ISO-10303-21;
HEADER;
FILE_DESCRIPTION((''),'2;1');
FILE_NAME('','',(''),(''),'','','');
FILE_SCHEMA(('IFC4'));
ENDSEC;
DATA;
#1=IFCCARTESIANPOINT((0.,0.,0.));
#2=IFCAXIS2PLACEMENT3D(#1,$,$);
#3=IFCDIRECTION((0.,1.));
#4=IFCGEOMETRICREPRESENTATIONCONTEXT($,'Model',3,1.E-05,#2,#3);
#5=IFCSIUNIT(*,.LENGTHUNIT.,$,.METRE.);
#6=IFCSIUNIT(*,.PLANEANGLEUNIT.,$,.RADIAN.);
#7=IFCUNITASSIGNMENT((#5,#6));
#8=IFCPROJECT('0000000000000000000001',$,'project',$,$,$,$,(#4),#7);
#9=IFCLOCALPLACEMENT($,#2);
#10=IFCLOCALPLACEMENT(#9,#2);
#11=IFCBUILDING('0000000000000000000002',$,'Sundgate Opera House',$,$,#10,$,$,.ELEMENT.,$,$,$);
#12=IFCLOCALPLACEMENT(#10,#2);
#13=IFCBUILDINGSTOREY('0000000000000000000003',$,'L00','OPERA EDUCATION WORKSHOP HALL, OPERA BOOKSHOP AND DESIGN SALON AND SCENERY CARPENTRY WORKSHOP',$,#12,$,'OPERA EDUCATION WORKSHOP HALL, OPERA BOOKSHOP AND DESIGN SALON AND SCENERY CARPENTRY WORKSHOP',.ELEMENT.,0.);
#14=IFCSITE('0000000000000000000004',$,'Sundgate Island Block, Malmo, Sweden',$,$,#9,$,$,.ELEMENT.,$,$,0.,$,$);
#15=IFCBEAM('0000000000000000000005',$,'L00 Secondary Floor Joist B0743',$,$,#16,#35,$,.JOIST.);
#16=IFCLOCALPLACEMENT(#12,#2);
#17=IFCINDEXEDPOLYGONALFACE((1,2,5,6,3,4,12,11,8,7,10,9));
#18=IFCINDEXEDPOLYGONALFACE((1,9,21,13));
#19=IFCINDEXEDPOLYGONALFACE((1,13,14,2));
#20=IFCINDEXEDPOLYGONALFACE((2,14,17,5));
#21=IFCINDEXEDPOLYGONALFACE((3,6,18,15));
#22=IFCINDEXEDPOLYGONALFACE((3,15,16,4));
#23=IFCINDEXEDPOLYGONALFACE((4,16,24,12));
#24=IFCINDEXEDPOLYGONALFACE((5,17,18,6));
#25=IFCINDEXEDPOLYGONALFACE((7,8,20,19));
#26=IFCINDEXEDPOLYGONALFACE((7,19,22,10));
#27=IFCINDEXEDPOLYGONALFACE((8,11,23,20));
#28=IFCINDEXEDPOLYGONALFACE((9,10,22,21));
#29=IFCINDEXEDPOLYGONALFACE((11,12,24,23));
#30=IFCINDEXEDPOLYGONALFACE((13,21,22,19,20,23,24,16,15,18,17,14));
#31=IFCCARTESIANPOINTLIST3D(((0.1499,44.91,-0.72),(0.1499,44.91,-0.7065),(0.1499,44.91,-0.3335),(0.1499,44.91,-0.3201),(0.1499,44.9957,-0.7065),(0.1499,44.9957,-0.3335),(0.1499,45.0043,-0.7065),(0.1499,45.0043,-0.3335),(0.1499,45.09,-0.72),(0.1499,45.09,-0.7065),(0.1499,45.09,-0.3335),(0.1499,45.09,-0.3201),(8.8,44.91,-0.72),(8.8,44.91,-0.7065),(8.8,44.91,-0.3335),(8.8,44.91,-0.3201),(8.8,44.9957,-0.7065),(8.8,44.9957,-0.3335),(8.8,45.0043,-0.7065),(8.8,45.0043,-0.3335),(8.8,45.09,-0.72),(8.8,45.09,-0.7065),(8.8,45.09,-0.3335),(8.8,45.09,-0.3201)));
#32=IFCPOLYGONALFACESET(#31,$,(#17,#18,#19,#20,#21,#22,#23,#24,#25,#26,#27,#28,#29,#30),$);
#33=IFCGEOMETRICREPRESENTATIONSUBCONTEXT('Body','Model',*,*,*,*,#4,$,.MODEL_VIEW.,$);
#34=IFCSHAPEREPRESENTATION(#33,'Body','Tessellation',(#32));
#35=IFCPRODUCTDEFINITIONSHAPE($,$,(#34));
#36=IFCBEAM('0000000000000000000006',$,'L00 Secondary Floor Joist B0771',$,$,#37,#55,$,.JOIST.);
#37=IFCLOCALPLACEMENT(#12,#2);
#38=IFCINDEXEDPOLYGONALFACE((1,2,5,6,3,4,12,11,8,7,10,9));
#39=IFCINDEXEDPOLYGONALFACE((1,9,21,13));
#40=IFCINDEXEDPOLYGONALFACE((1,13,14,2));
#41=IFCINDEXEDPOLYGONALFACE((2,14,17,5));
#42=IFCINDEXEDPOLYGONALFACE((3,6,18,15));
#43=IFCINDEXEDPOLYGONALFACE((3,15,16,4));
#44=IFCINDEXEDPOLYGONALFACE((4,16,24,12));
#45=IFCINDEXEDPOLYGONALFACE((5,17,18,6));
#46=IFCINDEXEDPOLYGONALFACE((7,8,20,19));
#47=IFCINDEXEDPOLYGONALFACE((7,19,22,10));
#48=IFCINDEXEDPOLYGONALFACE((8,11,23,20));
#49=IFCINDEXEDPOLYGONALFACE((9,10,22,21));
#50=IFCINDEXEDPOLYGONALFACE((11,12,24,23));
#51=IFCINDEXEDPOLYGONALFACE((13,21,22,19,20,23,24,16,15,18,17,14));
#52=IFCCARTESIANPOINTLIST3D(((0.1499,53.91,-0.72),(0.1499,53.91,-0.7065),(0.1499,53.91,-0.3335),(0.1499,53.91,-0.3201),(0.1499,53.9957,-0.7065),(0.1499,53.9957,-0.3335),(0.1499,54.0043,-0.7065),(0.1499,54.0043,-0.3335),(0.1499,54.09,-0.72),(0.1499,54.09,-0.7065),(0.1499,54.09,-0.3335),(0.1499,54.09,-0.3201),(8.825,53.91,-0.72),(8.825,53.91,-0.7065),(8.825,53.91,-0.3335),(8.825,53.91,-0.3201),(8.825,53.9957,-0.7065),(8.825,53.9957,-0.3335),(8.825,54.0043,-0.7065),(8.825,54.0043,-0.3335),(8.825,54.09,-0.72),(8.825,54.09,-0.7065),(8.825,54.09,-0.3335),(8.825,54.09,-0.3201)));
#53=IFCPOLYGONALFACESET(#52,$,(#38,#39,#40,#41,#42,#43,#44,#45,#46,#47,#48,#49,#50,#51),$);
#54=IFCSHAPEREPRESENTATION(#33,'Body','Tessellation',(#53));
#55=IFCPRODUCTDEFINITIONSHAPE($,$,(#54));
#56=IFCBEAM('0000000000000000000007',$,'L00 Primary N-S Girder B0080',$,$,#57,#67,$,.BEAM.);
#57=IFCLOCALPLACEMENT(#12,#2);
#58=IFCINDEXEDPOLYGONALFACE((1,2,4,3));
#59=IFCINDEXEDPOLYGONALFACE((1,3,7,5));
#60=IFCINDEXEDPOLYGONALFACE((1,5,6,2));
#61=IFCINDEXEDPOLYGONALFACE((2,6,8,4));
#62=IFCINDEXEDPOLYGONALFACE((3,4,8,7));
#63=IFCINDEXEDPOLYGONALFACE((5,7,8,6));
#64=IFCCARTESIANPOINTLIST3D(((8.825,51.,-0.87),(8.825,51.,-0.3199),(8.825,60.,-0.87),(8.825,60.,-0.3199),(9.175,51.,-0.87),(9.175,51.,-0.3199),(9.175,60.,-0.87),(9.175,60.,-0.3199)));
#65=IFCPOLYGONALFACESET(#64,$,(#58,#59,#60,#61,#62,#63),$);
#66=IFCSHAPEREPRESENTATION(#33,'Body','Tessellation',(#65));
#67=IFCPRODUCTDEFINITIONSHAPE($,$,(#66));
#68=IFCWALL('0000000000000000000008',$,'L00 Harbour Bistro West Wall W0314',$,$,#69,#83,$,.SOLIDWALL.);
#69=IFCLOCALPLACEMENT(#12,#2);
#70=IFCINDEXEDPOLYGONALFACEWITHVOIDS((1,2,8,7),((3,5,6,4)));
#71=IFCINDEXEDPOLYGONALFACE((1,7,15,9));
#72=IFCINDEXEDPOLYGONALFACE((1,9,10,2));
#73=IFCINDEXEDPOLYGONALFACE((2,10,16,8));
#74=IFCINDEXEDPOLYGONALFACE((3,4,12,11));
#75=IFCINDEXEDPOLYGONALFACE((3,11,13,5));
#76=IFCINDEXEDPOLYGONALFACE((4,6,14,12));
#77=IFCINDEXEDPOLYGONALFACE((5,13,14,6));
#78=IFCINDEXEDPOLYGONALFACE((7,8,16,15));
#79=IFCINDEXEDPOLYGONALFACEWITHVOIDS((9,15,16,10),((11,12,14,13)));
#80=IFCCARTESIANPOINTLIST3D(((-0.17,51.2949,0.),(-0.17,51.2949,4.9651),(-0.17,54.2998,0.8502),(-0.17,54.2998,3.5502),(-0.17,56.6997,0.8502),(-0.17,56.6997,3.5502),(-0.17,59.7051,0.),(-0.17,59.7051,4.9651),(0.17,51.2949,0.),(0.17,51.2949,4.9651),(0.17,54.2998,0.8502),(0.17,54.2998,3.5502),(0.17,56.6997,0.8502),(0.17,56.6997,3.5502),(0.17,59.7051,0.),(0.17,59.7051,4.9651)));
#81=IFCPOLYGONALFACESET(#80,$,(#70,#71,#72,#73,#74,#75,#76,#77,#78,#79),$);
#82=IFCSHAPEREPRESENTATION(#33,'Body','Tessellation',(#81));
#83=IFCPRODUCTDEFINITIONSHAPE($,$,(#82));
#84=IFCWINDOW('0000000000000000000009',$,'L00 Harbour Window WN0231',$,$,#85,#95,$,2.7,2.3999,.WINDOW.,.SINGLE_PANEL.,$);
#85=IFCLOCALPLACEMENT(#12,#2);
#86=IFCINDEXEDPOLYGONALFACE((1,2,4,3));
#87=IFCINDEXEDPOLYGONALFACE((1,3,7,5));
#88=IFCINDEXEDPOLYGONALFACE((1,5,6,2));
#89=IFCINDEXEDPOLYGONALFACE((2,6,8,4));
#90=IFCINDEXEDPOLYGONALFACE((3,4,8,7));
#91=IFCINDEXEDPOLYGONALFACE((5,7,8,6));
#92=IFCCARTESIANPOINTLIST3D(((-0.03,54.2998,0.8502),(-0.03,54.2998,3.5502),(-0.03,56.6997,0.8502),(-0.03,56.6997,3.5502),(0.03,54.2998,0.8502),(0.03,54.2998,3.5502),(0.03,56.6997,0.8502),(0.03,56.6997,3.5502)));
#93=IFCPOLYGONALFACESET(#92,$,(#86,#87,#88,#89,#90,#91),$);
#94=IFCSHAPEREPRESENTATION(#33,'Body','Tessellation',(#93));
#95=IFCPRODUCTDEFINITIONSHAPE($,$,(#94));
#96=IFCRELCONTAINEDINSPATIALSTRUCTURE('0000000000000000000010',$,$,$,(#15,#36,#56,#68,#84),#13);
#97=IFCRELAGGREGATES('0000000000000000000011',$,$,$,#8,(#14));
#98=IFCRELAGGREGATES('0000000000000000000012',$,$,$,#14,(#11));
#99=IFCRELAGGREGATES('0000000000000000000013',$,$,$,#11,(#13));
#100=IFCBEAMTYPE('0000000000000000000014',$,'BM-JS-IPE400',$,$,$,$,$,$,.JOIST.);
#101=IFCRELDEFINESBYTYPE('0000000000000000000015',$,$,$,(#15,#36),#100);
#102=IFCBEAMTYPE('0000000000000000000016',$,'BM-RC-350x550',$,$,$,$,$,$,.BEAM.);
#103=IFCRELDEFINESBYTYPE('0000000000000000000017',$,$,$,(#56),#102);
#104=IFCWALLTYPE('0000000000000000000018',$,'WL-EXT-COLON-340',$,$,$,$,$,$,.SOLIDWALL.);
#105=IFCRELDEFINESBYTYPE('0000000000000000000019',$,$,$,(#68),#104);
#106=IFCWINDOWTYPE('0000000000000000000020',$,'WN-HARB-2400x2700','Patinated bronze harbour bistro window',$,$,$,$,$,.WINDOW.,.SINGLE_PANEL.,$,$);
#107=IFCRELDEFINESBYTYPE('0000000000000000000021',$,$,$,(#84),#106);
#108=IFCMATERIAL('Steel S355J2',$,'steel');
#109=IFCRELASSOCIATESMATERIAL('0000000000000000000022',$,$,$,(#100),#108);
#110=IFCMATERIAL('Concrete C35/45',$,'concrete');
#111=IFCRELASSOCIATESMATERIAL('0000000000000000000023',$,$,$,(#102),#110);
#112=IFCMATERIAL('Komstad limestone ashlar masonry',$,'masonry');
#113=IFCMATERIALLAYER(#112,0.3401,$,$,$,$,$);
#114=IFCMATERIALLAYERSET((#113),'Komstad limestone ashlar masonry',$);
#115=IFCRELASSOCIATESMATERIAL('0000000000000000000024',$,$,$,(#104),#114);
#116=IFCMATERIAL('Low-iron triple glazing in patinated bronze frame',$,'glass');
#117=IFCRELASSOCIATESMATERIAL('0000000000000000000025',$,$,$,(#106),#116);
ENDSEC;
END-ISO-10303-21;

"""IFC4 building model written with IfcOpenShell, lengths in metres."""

from ifc_helpers import new_model, si_unit, direction, frame, frame_2d, origin, origin_2d, place, context, subcontext, project, spatial, rectangle, i_section, extrude, material, layer, layer_set, material_profile, profile_set, type_object, element, fill, save


model = new_model("IFC4")

# Units and contexts
model_context = context("Model", 3, precision=1e-05, world=origin(), true_north=direction((0.0, 1.0)))
body_context = subcontext(model_context, "Body", "Model", "MODEL_VIEW")
ifc_project = project(units=[si_unit("LENGTHUNIT", "METRE"), si_unit("PLANEANGLEUNIT", "RADIAN")], contexts=[model_context])

# Site, building, storey
site_placement = place(None, origin())
site = spatial("IfcSite", under=ifc_project, at=site_placement, Name="Sundgate Island Block, Malmo, Sweden", CompositionType="ELEMENT", RefElevation=0.0)
building_placement = place(site_placement, origin())
building = spatial("IfcBuilding", under=site, at=building_placement, Name="Sundgate Opera House", CompositionType="ELEMENT")
storey_placement = place(building_placement, origin())
storey = spatial("IfcBuildingStorey", under=building, at=storey_placement, Name="L00", Description="OPERA EDUCATION WORKSHOP HALL, OPERA BOOKSHOP AND DESIGN SALON AND SCENERY CARPENTRY WORKSHOP", LongName="OPERA EDUCATION WORKSHOP HALL, OPERA BOOKSHOP AND DESIGN SALON AND SCENERY CARPENTRY WORKSHOP", CompositionType="ELEMENT", Elevation=0.0)

# Beams
ifc_material_1 = material(Name="Steel S355J2", Category="steel")
ifc_material_profile_1 = material_profile(ifc_material_1, i_section(OverallWidth=0.1799, OverallDepth=0.3999, WebThickness=0.0085, FlangeThickness=0.0134, at=origin_2d()), Name="IPE 400")
ifc_profile_set_1 = profile_set([ifc_material_profile_1], Name="Steel S355J2")
beam_type_1 = type_object("IfcBeamType", Name="BM-JS-IPE400", PredefinedType="JOIST", material=ifc_profile_set_1)
beam_1_placement = place(storey_placement, frame((0.1499, 45.0, -0.52), z_axis=(1.0, 0.0, 0.0), x_axis=(0.0, 1.0, 0.0)))
element("IfcBeam", 1, at=beam_1_placement, inside=storey, type_object=beam_type_1, Name="L00 Secondary Floor Joist B0743", PredefinedType="JOIST", context=body_context, shape_type="SweptSolid", body=[
    extrude(i_section(OverallWidth=0.1799, OverallDepth=0.3999, WebThickness=0.0085, FlangeThickness=0.0134, at=origin_2d()), origin(), (0.0, 0.0, 1.0), 8.6501),
])
beam_2_placement = place(storey_placement, frame((0.1499, 54.0, -0.52), z_axis=(1.0, 0.0, 0.0), x_axis=(0.0, 1.0, 0.0)))
element("IfcBeam", 2, at=beam_2_placement, inside=storey, type_object=beam_type_1, Name="L00 Secondary Floor Joist B0771", PredefinedType="JOIST", context=body_context, shape_type="SweptSolid", body=[
    extrude(i_section(OverallWidth=0.1799, OverallDepth=0.3999, WebThickness=0.0085, FlangeThickness=0.0134, at=origin_2d()), origin(), (0.0, 0.0, 1.0), 8.675),
])
ifc_material_2 = material(Name="Concrete C35/45", Category="concrete")
ifc_material_profile_2 = material_profile(ifc_material_2, rectangle(XDim=0.3501, YDim=0.55, at=origin_2d()), Name="RC 350x550")
ifc_profile_set_2 = profile_set([ifc_material_profile_2], Name="Concrete C35/45")
beam_type_2 = type_object("IfcBeamType", Name="BM-RC-350x550", PredefinedType="BEAM", material=ifc_profile_set_2)
beam_3_placement = place(storey_placement, frame((9.0, 51.0, -0.595), z_axis=(0.0, 1.0, 0.0), x_axis=(-1.0, 0.0, 0.0)))
element("IfcBeam", 3, at=beam_3_placement, inside=storey, type_object=beam_type_2, Name="L00 Primary N-S Girder B0080", PredefinedType="BEAM", context=body_context, shape_type="SweptSolid", body=[
    extrude(rectangle(XDim=0.3501, YDim=0.55, at=origin_2d()), origin(), (0.0, 0.0, 1.0), 9.0),
])

# Wall, opening, window
ifc_material_3 = material(Name="Komstad limestone ashlar masonry", Category="masonry")
ifc_layer = layer(ifc_material_3, 0.3401)
ifc_layer_set = layer_set([ifc_layer], Name="Komstad limestone ashlar masonry")
wall_type = type_object("IfcWallType", Name="WL-EXT-COLON-340", PredefinedType="SOLIDWALL", material=ifc_layer_set)
wall_placement = place(storey_placement, frame((0.0, 51.2949, 0.0), z_axis=(0.0, 0.0, 1.0), x_axis=(0.0, 1.0, 0.0)))
wall = element("IfcWall", 4, at=wall_placement, inside=storey, type_object=wall_type, Name="L00 Harbour Bistro West Wall W0314", PredefinedType="SOLIDWALL", context=body_context, shape_type="SweptSolid", body=[
    extrude(rectangle(XDim=8.4102, YDim=0.3401, at=frame_2d((4.2051, 0.0))), origin(), (0.0, 0.0, 1.0), 4.9651),
])
opening_placement = place(wall_placement, frame((3.0049, 0.0, 0.8501)))
opening = element("IfcOpeningElement", 5, at=opening_placement, cuts=wall, PredefinedType="OPENING", context=body_context, shape_type="SweptSolid", body=[
    extrude(rectangle(XDim=2.3999, YDim=2.7, at=frame_2d((1.2, 1.3501))), frame((0.0, 0.1799, 0.0), z_axis=(0.0, -1.0, 0.0), x_axis=(1.0, 0.0, 0.0)), (0.0, 0.0, 1.0), 0.3601),
])
ifc_material_4 = material(Name="Low-iron triple glazing in patinated bronze frame", Category="glass")
window_type = type_object("IfcWindowType", Name="WN-HARB-2400x2700", Description="Patinated bronze harbour bistro window", PartitioningType="SINGLE_PANEL", PredefinedType="WINDOW", material=ifc_material_4)
window_placement = place(opening_placement, origin())
window = element("IfcWindow", 6, at=window_placement, inside=storey, type_object=window_type, Name="L00 Harbour Window WN0231", OverallHeight=2.7, OverallWidth=2.3999, PartitioningType="SINGLE_PANEL", PredefinedType="WINDOW", context=body_context, shape_type="SweptSolid", body=[
    extrude(rectangle(XDim=2.3999, YDim=2.7, at=frame_2d((1.2, 1.3501))), frame((0.0, 0.03, 0.0), z_axis=(0.0, -1.0, 0.0), x_axis=(1.0, 0.0, 0.0)), (0.0, 0.0, 1.0), 0.0601),
])
fill(opening, window)

save(model, "model.ifc")
